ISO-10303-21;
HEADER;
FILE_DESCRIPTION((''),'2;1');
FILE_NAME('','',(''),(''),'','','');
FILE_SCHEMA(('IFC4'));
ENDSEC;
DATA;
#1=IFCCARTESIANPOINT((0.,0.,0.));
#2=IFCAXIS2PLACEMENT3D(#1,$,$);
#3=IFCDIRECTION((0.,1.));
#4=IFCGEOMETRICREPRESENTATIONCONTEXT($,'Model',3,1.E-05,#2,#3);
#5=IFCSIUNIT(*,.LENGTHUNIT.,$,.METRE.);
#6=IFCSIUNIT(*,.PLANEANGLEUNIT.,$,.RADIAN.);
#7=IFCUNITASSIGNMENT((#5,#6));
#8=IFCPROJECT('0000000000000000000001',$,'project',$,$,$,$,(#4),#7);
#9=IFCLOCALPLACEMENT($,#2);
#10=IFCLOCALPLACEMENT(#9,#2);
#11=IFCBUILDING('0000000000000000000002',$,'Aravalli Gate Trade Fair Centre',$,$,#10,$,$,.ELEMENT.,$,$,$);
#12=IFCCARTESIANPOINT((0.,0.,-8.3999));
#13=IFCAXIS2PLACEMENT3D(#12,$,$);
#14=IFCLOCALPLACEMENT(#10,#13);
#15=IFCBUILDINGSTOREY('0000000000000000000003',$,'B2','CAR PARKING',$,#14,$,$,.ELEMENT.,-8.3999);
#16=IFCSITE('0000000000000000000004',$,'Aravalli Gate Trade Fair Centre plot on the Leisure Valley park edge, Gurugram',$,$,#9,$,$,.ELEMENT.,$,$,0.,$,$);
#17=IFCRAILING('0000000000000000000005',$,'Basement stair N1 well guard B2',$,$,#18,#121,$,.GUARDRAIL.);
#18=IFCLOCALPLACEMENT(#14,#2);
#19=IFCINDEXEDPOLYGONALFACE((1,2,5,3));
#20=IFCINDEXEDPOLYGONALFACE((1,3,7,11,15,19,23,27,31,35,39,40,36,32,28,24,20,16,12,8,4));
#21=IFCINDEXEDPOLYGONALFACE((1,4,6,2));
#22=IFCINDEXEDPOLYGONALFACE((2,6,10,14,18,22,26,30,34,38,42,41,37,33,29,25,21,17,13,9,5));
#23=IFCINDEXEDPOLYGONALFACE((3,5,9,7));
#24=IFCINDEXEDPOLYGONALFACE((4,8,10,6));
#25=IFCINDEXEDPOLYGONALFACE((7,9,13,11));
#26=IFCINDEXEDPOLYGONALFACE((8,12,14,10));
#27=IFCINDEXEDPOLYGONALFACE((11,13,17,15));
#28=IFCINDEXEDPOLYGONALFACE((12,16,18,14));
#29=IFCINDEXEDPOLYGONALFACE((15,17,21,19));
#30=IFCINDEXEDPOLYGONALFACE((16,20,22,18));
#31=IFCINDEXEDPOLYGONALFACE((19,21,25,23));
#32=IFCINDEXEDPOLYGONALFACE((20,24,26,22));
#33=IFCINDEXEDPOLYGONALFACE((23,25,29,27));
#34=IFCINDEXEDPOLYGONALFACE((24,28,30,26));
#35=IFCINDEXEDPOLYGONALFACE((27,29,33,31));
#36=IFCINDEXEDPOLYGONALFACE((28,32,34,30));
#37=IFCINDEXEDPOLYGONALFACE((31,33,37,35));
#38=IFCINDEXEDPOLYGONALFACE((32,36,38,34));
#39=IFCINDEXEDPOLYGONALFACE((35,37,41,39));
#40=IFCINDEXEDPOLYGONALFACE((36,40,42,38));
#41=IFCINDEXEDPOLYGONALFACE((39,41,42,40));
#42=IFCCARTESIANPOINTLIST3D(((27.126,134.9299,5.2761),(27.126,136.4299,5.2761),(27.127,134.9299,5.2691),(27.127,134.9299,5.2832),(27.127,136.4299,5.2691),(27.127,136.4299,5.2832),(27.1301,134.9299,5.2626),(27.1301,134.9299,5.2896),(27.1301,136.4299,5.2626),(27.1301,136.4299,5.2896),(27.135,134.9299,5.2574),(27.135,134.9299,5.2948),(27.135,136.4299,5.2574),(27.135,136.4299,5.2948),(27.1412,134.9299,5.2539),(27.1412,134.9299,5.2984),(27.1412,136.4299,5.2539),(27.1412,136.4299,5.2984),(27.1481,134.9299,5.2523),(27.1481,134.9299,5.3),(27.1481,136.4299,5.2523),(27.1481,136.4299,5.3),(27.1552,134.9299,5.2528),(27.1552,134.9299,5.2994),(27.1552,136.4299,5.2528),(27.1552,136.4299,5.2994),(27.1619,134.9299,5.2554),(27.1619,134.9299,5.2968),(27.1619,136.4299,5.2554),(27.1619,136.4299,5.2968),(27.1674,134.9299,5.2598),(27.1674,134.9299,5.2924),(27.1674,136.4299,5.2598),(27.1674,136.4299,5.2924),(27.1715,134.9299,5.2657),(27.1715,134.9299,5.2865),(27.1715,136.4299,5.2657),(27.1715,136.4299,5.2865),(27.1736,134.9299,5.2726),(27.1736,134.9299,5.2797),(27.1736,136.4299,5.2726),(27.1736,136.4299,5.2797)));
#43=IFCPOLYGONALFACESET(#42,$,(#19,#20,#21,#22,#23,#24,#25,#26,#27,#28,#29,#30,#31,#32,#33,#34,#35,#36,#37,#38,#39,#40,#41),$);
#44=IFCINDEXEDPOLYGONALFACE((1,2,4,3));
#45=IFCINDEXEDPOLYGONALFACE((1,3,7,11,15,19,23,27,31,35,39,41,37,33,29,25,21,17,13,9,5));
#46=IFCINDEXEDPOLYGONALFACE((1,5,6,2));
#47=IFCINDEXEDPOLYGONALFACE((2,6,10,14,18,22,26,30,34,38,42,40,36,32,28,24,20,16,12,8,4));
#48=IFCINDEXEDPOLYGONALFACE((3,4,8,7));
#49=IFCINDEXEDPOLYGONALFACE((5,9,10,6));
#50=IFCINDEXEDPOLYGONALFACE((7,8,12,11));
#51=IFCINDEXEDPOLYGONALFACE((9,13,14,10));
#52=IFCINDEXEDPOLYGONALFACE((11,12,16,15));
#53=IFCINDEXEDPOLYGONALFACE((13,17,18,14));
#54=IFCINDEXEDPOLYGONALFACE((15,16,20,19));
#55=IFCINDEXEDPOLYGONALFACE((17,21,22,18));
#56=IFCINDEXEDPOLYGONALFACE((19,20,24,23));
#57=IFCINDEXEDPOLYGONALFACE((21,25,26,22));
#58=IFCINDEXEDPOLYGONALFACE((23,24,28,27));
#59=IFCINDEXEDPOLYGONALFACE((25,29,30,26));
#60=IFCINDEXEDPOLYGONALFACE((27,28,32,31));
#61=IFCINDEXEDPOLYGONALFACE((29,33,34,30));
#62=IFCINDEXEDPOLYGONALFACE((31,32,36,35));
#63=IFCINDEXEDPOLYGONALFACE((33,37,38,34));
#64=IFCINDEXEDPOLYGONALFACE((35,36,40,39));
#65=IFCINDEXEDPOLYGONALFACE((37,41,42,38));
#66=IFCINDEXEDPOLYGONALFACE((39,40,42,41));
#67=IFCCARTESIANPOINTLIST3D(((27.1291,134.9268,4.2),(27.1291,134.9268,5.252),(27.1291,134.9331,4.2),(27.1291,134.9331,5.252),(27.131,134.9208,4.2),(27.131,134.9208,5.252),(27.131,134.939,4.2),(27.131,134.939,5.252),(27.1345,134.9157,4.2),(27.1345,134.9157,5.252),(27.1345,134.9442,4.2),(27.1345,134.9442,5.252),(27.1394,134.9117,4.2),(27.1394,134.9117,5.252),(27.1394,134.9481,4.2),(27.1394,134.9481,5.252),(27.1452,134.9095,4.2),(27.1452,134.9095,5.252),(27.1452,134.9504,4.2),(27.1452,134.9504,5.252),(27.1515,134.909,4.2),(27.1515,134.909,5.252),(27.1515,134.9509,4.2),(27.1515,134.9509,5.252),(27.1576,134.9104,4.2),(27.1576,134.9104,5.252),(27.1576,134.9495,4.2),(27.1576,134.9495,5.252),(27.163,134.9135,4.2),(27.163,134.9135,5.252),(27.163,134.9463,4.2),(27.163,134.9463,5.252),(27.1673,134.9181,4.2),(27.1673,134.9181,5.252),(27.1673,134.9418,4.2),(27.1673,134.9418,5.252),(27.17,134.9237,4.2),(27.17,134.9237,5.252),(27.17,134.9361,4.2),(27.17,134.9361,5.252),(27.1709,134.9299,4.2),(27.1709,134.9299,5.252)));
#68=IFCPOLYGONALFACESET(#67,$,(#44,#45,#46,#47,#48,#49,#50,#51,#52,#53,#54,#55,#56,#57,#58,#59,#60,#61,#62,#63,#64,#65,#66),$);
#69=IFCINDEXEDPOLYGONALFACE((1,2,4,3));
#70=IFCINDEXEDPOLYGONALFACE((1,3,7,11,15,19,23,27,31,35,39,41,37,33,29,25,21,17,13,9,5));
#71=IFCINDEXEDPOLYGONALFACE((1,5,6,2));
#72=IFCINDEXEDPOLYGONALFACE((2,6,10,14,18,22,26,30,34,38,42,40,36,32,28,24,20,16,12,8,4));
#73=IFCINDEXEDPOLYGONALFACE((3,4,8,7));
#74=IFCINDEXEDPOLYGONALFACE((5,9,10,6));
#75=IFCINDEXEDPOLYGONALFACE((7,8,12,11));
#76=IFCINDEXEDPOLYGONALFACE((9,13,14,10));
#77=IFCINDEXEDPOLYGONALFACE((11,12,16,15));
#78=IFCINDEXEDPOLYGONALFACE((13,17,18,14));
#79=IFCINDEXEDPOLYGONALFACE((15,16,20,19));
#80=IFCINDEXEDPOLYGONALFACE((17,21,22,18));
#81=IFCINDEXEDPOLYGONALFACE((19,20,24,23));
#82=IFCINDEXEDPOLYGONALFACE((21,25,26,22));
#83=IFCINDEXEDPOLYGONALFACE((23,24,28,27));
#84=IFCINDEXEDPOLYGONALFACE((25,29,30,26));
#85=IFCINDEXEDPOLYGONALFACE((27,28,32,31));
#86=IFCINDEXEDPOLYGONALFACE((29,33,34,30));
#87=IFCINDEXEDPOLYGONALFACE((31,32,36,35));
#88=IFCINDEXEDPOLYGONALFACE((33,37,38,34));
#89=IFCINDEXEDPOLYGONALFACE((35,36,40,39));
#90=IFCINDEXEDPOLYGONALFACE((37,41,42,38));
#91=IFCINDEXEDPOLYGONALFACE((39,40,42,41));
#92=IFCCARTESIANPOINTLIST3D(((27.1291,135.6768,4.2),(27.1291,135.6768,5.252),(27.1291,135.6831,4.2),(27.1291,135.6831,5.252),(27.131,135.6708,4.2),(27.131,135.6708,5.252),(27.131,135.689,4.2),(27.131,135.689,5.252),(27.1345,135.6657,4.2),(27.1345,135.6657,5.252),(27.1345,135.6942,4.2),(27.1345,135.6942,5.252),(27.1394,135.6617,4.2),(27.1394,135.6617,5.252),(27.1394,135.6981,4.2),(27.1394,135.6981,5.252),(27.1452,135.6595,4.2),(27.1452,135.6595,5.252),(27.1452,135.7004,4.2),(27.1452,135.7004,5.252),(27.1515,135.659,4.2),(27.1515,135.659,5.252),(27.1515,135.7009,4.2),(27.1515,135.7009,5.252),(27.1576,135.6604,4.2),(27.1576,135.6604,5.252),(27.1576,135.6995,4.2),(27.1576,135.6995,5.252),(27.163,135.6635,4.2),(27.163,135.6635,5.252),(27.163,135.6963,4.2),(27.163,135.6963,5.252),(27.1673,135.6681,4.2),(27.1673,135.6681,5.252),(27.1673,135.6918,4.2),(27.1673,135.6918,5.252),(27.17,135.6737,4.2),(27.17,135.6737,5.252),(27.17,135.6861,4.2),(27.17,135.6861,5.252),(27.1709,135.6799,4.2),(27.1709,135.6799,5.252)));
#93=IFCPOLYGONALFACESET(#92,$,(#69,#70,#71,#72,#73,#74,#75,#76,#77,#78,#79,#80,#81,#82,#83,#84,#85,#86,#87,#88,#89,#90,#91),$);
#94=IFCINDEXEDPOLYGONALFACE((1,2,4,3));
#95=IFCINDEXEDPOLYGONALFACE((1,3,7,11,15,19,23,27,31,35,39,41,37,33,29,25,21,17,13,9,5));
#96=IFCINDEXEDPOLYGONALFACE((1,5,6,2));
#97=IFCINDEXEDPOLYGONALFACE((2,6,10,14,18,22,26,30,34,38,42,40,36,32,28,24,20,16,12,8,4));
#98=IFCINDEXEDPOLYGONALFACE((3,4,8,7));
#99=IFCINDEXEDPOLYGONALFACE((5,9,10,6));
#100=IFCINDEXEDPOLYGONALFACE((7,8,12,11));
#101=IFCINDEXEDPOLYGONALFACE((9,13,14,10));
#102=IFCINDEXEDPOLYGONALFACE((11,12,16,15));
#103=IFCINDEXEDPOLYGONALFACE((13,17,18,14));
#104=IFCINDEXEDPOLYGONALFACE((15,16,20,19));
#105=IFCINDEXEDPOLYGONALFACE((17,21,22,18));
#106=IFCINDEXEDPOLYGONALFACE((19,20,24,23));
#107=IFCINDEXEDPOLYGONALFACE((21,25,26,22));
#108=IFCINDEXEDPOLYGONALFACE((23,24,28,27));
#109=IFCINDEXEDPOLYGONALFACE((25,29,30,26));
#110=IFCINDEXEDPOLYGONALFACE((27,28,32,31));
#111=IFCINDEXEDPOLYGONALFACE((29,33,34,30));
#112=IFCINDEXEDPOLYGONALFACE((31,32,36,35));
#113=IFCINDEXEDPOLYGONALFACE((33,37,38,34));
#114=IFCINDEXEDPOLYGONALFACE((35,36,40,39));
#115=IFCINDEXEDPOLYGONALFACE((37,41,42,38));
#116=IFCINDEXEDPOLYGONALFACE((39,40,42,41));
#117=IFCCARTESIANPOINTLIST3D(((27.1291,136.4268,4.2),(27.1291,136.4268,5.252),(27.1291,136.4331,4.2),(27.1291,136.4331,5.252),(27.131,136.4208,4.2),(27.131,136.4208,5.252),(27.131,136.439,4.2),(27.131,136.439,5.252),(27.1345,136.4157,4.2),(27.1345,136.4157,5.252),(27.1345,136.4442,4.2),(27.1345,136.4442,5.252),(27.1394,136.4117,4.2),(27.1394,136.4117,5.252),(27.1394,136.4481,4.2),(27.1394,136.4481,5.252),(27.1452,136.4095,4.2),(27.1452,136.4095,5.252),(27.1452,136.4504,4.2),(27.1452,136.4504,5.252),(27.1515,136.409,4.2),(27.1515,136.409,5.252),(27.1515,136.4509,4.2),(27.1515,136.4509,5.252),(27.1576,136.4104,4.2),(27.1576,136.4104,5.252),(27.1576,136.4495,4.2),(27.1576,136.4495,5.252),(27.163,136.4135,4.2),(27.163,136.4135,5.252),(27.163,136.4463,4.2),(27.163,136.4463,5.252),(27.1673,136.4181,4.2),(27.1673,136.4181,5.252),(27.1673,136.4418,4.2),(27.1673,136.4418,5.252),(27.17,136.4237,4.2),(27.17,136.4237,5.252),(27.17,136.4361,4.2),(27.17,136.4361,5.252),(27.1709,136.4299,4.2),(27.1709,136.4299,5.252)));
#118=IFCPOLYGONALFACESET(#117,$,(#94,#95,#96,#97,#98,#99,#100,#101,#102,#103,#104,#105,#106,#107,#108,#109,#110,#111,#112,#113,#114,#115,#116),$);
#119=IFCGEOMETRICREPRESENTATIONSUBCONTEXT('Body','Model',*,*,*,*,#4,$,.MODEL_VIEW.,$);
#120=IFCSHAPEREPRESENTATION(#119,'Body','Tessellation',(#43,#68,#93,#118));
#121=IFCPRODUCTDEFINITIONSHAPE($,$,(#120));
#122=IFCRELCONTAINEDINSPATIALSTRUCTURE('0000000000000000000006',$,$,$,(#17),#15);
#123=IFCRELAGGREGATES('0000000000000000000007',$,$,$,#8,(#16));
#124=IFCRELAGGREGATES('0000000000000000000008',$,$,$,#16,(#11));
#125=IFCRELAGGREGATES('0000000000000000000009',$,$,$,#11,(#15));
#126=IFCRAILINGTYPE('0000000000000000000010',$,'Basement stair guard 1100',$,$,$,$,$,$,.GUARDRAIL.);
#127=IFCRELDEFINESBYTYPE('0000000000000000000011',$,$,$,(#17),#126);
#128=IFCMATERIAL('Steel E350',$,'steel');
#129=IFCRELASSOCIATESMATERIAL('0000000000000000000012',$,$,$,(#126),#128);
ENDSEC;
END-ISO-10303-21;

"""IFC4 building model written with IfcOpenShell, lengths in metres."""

from ifc_helpers import new_model, si_unit, direction, frame, origin, origin_2d, place, context, subcontext, project, spatial, circle, extrude, material, type_object, element, save


model = new_model("IFC4")

# Units and contexts
model_context = context("Model", 3, precision=1e-05, world=origin(), true_north=direction((0.0, 1.0)))
body_context = subcontext(model_context, "Body", "Model", "MODEL_VIEW")
ifc_project = project(units=[si_unit("LENGTHUNIT", "METRE"), si_unit("PLANEANGLEUNIT", "RADIAN")], contexts=[model_context])

# Site, building, storey
site_placement = place(None, origin())
site = spatial("IfcSite", under=ifc_project, at=site_placement, Name="Aravalli Gate Trade Fair Centre plot on the Leisure Valley park edge, Gurugram", CompositionType="ELEMENT", RefElevation=0.0)
building_placement = place(site_placement, origin())
building = spatial("IfcBuilding", under=site, at=building_placement, Name="Aravalli Gate Trade Fair Centre", CompositionType="ELEMENT")
storey_placement = place(building_placement, frame((0.0, 0.0, -8.3999)))
storey = spatial("IfcBuildingStorey", under=building, at=storey_placement, Name="B2", Description="CAR PARKING", CompositionType="ELEMENT", Elevation=-8.3999)

# Railing
ifc_material_1 = material(Name="Steel E350", Category="steel")
railing_type_1 = type_object("IfcRailingType", Name="Basement stair guard 1100", PredefinedType="GUARDRAIL", material=ifc_material_1)
railing_1_placement = place(storey_placement, frame((27.1499, 134.9299, 4.2)))
element("IfcRailing", 1, at=railing_1_placement, inside=storey, type_object=railing_type_1, Name="Basement stair N1 well guard B2", PredefinedType="GUARDRAIL", context=body_context, shape_type="SweptSolid", body=[
    extrude(circle(Radius=0.0239, at=origin_2d()), frame((0.0, 0.0, 1.0762), z_axis=(0.0, 1.0, 0.0), x_axis=(-1.0, 0.0, 0.0)), (0.0, 0.0, 1.0), 1.5),
    extrude(circle(Radius=0.021, at=origin_2d()), origin(), (0.0, 0.0, 1.0), 1.052),
    extrude(circle(Radius=0.021, at=origin_2d()), frame((0.0, 0.75, 0.0)), (0.0, 0.0, 1.0), 1.052),
    extrude(circle(Radius=0.021, at=origin_2d()), frame((0.0, 1.5, 0.0)), (0.0, 0.0, 1.0), 1.052),
])

save(model, "model.ifc")
